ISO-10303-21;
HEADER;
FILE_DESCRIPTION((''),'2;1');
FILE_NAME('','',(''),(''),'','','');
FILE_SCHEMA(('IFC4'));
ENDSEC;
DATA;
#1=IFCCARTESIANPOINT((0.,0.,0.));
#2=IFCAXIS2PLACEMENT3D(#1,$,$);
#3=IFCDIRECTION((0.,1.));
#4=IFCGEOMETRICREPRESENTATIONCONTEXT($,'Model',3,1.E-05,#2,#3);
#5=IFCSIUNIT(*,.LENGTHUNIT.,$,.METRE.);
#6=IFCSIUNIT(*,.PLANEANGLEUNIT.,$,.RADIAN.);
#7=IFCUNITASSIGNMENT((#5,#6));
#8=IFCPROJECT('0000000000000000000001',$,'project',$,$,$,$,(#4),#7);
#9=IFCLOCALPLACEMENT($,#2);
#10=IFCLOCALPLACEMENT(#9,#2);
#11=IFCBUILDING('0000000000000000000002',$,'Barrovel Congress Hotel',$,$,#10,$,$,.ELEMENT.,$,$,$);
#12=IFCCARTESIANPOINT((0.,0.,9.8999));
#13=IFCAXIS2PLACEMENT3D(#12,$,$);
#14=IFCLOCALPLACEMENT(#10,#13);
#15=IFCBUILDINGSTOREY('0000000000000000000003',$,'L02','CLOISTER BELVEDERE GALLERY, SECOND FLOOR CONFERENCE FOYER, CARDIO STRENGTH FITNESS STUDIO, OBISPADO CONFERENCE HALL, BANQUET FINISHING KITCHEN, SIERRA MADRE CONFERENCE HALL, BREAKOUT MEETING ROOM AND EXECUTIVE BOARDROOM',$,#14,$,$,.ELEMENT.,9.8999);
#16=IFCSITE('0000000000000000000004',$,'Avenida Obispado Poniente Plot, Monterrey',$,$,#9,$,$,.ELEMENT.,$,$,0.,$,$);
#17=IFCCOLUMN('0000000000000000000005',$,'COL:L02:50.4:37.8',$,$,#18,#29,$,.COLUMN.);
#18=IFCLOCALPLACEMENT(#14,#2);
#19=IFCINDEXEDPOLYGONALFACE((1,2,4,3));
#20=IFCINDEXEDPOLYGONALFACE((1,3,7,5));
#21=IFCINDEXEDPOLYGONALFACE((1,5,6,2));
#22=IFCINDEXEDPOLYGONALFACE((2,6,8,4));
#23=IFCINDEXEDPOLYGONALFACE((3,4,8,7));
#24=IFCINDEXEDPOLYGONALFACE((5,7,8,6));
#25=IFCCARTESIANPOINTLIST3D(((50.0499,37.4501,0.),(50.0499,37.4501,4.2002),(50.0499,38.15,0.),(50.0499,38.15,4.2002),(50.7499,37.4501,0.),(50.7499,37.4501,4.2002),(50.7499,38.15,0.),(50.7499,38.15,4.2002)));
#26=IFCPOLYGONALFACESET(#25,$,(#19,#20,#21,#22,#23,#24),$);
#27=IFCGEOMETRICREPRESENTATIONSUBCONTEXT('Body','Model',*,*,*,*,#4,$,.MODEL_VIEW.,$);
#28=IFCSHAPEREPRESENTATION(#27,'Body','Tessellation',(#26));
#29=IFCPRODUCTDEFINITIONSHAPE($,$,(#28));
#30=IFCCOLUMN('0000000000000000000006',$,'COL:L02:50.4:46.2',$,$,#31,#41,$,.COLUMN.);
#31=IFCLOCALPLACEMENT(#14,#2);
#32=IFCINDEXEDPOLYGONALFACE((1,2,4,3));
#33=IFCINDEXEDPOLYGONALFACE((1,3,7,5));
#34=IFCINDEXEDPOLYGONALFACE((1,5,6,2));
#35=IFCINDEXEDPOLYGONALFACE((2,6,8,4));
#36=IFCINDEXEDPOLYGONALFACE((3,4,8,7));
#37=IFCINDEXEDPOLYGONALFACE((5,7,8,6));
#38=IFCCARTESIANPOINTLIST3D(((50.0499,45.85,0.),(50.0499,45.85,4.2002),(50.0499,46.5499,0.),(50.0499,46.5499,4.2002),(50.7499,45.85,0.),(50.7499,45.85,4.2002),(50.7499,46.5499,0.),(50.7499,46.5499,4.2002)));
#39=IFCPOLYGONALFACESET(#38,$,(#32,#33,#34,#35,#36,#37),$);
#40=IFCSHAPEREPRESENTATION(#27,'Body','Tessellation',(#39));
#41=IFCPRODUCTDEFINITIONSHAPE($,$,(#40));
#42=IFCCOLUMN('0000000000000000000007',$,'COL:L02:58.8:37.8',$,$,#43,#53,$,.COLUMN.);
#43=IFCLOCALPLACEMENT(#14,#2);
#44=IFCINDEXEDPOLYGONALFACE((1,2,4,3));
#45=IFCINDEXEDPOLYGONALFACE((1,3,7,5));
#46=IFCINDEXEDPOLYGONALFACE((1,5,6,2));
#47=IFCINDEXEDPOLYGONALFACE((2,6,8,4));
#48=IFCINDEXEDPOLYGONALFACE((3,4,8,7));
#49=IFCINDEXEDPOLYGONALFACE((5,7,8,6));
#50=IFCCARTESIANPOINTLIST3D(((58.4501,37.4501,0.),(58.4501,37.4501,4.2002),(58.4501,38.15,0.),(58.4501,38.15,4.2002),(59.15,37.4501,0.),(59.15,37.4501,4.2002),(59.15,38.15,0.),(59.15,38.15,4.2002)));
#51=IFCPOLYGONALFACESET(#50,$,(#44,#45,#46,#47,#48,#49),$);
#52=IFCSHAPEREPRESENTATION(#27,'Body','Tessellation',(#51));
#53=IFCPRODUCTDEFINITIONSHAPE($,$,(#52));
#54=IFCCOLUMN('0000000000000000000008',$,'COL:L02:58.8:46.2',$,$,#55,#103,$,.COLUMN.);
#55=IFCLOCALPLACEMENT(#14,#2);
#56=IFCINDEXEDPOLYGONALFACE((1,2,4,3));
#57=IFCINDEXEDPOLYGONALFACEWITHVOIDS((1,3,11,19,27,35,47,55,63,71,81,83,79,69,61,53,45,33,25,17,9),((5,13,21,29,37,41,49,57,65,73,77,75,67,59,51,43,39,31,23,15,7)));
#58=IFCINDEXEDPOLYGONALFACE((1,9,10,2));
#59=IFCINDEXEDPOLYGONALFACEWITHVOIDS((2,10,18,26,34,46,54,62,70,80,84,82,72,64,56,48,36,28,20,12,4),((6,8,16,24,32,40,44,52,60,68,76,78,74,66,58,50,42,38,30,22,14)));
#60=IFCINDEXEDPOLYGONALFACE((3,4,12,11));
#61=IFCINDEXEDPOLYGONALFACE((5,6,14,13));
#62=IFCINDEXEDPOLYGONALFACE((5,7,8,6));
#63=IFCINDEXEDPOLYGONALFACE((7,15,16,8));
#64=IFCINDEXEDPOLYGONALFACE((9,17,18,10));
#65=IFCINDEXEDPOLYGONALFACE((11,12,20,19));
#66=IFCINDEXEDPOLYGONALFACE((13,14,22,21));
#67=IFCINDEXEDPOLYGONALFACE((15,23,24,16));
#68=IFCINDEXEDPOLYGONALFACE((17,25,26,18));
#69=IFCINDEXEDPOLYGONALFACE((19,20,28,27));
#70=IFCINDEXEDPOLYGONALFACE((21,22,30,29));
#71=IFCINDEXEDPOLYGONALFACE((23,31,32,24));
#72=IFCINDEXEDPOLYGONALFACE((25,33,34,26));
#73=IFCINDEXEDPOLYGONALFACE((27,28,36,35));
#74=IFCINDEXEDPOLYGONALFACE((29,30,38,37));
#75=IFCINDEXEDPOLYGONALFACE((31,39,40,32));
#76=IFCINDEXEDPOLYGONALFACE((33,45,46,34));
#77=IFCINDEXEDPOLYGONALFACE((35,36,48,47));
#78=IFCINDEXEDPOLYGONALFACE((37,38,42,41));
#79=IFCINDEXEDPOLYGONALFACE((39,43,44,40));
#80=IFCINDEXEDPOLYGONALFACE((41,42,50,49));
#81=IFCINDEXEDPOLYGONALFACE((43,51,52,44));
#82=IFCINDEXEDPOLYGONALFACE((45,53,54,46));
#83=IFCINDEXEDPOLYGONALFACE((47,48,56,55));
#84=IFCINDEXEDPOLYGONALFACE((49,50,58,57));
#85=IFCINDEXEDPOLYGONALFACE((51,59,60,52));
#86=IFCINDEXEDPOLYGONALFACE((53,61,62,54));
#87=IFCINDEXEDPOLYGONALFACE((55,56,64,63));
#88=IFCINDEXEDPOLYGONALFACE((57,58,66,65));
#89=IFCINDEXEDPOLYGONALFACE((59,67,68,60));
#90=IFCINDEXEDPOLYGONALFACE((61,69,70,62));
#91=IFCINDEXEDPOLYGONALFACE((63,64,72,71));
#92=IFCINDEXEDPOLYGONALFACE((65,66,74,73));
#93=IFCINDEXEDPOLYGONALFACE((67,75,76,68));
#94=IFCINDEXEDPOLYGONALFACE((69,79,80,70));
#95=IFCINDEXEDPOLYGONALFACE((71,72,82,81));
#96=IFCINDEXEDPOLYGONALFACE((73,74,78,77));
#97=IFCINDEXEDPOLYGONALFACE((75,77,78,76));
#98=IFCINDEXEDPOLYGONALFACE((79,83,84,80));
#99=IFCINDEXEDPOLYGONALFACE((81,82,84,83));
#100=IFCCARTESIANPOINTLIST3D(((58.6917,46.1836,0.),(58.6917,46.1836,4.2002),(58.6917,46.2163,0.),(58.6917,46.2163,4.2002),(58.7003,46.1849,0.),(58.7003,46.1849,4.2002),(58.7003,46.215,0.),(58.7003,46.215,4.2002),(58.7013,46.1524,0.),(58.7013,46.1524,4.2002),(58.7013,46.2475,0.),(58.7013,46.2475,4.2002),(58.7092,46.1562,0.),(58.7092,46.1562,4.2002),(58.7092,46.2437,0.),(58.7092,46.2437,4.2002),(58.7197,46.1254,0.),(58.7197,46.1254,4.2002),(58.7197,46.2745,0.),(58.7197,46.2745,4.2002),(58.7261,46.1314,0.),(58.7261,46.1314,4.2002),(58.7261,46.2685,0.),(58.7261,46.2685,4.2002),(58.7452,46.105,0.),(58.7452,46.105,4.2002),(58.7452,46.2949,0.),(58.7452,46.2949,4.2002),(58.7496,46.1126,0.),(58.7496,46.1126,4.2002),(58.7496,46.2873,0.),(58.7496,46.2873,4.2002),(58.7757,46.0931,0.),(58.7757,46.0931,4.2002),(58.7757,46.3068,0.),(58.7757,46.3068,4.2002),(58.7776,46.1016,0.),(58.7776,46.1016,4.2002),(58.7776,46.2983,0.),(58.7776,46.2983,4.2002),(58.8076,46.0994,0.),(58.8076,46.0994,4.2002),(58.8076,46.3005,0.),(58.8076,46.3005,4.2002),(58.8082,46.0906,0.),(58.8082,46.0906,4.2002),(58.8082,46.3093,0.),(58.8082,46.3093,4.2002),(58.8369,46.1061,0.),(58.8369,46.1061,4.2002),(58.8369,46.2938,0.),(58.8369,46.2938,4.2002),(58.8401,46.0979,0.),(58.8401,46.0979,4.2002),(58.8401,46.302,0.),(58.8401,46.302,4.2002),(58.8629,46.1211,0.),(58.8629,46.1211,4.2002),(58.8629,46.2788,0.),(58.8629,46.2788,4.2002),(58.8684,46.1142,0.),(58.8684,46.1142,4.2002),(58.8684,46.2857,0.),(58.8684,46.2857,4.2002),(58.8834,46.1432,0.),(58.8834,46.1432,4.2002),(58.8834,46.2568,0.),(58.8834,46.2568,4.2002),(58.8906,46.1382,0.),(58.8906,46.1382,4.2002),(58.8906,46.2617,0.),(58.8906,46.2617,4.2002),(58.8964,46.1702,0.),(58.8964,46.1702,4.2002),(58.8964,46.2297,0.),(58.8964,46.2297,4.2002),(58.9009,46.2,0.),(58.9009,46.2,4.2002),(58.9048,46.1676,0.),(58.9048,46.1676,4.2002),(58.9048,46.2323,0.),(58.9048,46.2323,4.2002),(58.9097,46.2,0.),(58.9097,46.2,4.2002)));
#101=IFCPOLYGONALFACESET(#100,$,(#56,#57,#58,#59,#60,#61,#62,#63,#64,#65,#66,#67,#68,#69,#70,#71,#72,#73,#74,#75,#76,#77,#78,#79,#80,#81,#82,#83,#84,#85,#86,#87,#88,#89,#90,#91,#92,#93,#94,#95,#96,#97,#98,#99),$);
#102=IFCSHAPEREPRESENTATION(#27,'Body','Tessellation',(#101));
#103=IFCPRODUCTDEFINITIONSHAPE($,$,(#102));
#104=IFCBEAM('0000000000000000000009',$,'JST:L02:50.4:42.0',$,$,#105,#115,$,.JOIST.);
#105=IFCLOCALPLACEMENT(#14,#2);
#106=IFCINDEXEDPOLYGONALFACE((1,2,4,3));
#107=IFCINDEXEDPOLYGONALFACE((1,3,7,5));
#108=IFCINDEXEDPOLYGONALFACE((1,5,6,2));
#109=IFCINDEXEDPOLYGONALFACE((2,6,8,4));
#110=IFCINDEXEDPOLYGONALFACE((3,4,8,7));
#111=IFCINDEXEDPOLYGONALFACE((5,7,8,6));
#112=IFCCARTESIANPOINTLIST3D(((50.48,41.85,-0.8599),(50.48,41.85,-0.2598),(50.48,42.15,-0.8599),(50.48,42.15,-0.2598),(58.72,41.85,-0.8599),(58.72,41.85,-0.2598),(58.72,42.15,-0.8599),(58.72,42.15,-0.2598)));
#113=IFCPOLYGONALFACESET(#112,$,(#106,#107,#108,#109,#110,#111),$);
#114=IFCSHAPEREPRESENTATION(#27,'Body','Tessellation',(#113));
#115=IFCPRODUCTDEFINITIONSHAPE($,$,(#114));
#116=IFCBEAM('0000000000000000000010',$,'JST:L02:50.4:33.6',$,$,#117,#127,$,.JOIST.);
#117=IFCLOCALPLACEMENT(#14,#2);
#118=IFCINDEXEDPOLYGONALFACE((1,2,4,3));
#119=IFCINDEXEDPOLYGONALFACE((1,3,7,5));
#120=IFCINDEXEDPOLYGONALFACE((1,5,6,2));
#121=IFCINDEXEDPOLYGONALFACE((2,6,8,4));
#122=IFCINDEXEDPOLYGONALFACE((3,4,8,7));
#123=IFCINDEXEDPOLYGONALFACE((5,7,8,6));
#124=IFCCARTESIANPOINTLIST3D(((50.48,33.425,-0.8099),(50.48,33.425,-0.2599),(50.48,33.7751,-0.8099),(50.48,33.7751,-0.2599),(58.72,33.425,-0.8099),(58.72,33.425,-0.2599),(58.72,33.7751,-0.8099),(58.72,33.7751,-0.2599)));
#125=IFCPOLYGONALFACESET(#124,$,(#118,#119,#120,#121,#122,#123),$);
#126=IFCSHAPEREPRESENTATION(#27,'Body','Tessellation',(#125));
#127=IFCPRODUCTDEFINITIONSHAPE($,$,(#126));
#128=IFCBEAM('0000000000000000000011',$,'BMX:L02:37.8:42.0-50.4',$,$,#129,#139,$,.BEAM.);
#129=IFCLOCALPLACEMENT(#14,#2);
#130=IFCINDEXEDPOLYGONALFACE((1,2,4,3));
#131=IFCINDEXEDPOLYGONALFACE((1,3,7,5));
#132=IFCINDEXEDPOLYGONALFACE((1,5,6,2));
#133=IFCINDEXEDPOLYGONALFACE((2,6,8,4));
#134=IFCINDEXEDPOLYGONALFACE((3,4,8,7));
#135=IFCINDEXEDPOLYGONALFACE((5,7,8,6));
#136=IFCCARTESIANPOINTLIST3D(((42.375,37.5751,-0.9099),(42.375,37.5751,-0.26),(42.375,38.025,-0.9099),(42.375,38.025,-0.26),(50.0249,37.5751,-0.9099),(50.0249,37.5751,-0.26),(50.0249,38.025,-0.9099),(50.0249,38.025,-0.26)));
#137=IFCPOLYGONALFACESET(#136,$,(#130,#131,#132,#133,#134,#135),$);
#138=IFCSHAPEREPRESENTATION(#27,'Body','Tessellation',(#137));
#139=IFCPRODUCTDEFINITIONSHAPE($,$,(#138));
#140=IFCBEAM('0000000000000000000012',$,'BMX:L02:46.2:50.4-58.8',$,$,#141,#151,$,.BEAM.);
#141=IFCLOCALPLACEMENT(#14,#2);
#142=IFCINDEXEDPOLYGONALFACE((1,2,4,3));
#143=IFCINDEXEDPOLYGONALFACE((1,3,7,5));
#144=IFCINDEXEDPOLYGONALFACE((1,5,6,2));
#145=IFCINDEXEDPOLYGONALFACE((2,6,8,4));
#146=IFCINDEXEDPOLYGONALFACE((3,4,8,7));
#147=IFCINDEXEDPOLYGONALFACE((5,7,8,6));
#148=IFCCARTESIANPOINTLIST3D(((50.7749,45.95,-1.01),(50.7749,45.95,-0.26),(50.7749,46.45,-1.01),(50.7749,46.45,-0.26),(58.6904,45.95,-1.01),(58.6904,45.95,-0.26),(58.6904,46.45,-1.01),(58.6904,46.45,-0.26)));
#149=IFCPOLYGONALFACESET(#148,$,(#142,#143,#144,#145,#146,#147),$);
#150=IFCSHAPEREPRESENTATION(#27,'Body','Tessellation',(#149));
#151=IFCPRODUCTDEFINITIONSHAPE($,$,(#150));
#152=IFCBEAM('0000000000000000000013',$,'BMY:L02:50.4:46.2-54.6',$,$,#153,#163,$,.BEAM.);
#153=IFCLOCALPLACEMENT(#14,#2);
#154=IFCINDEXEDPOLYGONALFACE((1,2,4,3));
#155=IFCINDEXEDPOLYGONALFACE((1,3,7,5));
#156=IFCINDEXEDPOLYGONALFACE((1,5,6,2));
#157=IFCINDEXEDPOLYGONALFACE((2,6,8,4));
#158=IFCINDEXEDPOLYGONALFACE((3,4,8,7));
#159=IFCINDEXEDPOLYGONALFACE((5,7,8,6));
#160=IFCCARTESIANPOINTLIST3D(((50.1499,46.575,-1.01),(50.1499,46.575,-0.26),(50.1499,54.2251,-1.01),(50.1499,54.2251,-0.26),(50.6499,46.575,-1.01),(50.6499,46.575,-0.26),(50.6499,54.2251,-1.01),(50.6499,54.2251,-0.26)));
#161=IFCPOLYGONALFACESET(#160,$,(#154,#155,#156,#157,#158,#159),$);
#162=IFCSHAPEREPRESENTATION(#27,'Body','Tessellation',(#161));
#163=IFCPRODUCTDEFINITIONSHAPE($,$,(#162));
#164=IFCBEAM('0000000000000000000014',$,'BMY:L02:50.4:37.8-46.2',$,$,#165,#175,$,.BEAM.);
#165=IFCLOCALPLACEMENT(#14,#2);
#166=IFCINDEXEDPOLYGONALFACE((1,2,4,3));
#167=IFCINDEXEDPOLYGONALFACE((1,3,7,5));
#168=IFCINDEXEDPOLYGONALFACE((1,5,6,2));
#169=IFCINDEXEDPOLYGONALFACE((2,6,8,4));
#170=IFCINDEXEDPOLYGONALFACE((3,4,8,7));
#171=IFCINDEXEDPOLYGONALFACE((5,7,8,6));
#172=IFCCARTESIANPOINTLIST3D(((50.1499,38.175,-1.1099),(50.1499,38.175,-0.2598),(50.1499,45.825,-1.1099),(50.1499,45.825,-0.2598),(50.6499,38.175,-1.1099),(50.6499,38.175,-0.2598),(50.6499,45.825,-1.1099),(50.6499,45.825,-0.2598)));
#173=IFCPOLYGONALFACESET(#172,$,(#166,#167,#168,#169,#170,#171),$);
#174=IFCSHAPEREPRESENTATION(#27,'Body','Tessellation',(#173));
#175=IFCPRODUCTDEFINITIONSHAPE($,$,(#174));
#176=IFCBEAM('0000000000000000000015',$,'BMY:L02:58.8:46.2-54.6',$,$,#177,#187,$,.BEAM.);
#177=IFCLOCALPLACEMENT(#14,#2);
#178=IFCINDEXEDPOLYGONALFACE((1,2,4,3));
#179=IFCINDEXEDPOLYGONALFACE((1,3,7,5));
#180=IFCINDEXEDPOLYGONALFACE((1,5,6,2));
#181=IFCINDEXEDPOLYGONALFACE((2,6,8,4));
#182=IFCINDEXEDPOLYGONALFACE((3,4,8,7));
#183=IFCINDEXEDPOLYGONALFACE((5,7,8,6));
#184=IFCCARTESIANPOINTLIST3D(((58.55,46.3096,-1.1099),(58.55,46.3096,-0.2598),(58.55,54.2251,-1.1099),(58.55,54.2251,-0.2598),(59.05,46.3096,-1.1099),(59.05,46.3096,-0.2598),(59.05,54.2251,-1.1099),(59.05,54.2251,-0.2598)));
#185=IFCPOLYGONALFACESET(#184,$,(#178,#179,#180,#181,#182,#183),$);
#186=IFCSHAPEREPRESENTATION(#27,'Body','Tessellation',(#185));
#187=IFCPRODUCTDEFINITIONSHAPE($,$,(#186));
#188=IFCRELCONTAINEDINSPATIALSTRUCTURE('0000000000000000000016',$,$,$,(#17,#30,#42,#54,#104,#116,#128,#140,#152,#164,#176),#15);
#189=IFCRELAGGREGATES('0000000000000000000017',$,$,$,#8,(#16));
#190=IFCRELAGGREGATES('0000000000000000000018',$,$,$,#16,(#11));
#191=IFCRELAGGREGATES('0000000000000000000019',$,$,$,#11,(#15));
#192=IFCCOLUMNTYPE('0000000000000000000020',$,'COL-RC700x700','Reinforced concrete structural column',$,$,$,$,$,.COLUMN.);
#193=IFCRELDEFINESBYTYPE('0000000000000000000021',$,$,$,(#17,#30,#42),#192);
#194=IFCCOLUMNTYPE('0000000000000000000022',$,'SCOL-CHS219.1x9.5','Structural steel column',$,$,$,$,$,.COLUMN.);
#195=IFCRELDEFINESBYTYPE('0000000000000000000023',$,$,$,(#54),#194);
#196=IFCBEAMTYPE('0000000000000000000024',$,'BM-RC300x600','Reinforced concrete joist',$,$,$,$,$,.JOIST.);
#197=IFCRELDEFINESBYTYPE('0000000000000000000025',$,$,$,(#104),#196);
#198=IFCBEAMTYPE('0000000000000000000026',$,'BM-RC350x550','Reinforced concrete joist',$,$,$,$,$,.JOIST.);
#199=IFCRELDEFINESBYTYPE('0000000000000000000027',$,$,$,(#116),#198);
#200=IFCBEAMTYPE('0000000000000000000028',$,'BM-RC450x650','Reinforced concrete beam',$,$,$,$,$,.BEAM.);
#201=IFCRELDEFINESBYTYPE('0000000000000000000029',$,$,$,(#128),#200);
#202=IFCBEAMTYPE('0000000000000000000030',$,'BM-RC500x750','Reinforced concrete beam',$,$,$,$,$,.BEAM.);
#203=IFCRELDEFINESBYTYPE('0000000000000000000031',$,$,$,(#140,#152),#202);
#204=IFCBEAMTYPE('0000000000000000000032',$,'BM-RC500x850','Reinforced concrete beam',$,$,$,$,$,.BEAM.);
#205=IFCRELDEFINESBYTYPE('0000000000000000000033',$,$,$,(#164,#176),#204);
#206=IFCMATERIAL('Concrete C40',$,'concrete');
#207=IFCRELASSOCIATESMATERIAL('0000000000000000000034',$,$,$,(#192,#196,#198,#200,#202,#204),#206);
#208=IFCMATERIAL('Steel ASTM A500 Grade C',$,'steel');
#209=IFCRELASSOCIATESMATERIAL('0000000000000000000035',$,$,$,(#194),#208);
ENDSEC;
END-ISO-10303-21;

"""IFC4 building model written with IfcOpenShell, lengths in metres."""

from ifc_helpers import new_model, si_unit, direction, frame, origin, origin_2d, place, context, subcontext, project, spatial, rectangle, hollow_circle, extrude, material, material_profile, profile_set, type_object, element, save


model = new_model("IFC4")

# Units and contexts
model_context = context("Model", 3, precision=1e-05, world=origin(), true_north=direction((0.0, 1.0)))
body_context = subcontext(model_context, "Body", "Model", "MODEL_VIEW")
ifc_project = project(units=[si_unit("LENGTHUNIT", "METRE"), si_unit("PLANEANGLEUNIT", "RADIAN")], contexts=[model_context])

# Site, building, storey
site_placement = place(None, origin())
site = spatial("IfcSite", under=ifc_project, at=site_placement, Name="Avenida Obispado Poniente Plot, Monterrey", CompositionType="ELEMENT", RefElevation=0.0)
building_placement = place(site_placement, origin())
building = spatial("IfcBuilding", under=site, at=building_placement, Name="Barrovel Congress Hotel", CompositionType="ELEMENT")
storey_placement = place(building_placement, frame((0.0, 0.0, 9.8999)))
storey = spatial("IfcBuildingStorey", under=building, at=storey_placement, Name="L02", Description="CLOISTER BELVEDERE GALLERY, SECOND FLOOR CONFERENCE FOYER, CARDIO STRENGTH FITNESS STUDIO, OBISPADO CONFERENCE HALL, BANQUET FINISHING KITCHEN, SIERRA MADRE CONFERENCE HALL, BREAKOUT MEETING ROOM AND EXECUTIVE BOARDROOM", CompositionType="ELEMENT", Elevation=9.8999)

# Columns
ifc_material_1 = material(Name="Concrete C40", Category="concrete")
ifc_material_profile_1 = material_profile(ifc_material_1, rectangle(XDim=0.7, YDim=0.7, at=origin_2d()), Name="RC700x700")
ifc_profile_set_1 = profile_set([ifc_material_profile_1], Name="Concrete C40")
column_type_1 = type_object("IfcColumnType", Name="COL-RC700x700", Description="Reinforced concrete structural column", PredefinedType="COLUMN", material=ifc_profile_set_1)
for number, where, z_axis, x_axis, name in (
    (1, (50.3999, 37.8, 0.0), (0.0, 0.0, 1.0), (1.0, 0.0, 0.0), "COL:L02:50.4:37.8"),
    (2, (50.3999, 46.2, 0.0), (0.0, 0.0, 1.0), (1.0, 0.0, 0.0), "COL:L02:50.4:46.2"),
    (3, (58.8, 37.8, 0.0), (0.0, 0.0, 1.0), (1.0, 0.0, 0.0), "COL:L02:58.8:37.8"),
):
    element("IfcColumn", number, at=place(storey_placement, frame(where, z_axis=z_axis, x_axis=x_axis)), inside=storey, type_object=column_type_1, Name=name, PredefinedType="COLUMN", context=body_context, shape_type="SweptSolid", body=[
        extrude(rectangle(XDim=0.7, YDim=0.7, at=origin_2d()), origin(), (0.0, 0.0, 1.0), 4.2002),
    ])
ifc_material_2 = material(Name="Steel ASTM A500 Grade C", Category="steel")
ifc_material_profile_2 = material_profile(ifc_material_2, hollow_circle(Radius=0.1096, WallThickness=0.0088, at=origin_2d()), Name="CHS219.1x9.5")
ifc_profile_set_2 = profile_set([ifc_material_profile_2], Name="Steel ASTM A500 Grade C")
column_type_2 = type_object("IfcColumnType", Name="SCOL-CHS219.1x9.5", Description="Structural steel column", PredefinedType="COLUMN", material=ifc_profile_set_2)
column_placement = place(storey_placement, frame((58.8, 46.2, 0.0), z_axis=(0.0, 0.0, 1.0), x_axis=(1.0, 0.0, 0.0)))
element("IfcColumn", 4, at=column_placement, inside=storey, type_object=column_type_2, Name="COL:L02:58.8:46.2", PredefinedType="COLUMN", context=body_context, shape_type="SweptSolid", body=[
    extrude(hollow_circle(Radius=0.1096, WallThickness=0.0088, at=origin_2d()), origin(), (0.0, 0.0, 1.0), 4.2002),
])

# Beams
ifc_material_profile_3 = material_profile(ifc_material_1, rectangle(XDim=0.3, YDim=0.6001, at=origin_2d()), Name="RC300x600")
ifc_profile_set_3 = profile_set([ifc_material_profile_3], Name="Concrete C40")
beam_type_1 = type_object("IfcBeamType", Name="BM-RC300x600", Description="Reinforced concrete joist", PredefinedType="JOIST", material=ifc_profile_set_3)
beam_1_placement = place(storey_placement, frame((50.48, 42.0, -0.5598), z_axis=(1.0, 0.0, 0.0), x_axis=(0.0, 1.0, 0.0)))
element("IfcBeam", 5, at=beam_1_placement, inside=storey, type_object=beam_type_1, Name="JST:L02:50.4:42.0", PredefinedType="JOIST", context=body_context, shape_type="SweptSolid", body=[
    extrude(rectangle(XDim=0.3, YDim=0.6001, at=origin_2d()), origin(), (0.0, 0.0, 1.0), 8.24),
])
ifc_material_profile_4 = material_profile(ifc_material_1, rectangle(XDim=0.3501, YDim=0.55, at=origin_2d()), Name="RC350x550")
ifc_profile_set_4 = profile_set([ifc_material_profile_4], Name="Concrete C40")
beam_type_2 = type_object("IfcBeamType", Name="BM-RC350x550", Description="Reinforced concrete joist", PredefinedType="JOIST", material=ifc_profile_set_4)
beam_2_placement = place(storey_placement, frame((50.48, 33.6001, -0.5349), z_axis=(1.0, 0.0, 0.0), x_axis=(0.0, 1.0, 0.0)))
element("IfcBeam", 6, at=beam_2_placement, inside=storey, type_object=beam_type_2, Name="JST:L02:50.4:33.6", PredefinedType="JOIST", context=body_context, shape_type="SweptSolid", body=[
    extrude(rectangle(XDim=0.3501, YDim=0.55, at=origin_2d()), origin(), (0.0, 0.0, 1.0), 8.24),
])
ifc_material_profile_5 = material_profile(ifc_material_1, rectangle(XDim=0.45, YDim=0.6499, at=origin_2d()), Name="RC450x650")
ifc_profile_set_5 = profile_set([ifc_material_profile_5], Name="Concrete C40")
beam_type_3 = type_object("IfcBeamType", Name="BM-RC450x650", Description="Reinforced concrete beam", PredefinedType="BEAM", material=ifc_profile_set_5)
beam_3_placement = place(storey_placement, frame((42.375, 37.8, -0.585), z_axis=(1.0, 0.0, 0.0), x_axis=(0.0, 1.0, 0.0)))
element("IfcBeam", 7, at=beam_3_placement, inside=storey, type_object=beam_type_3, Name="BMX:L02:37.8:42.0-50.4", PredefinedType="BEAM", context=body_context, shape_type="SweptSolid", body=[
    extrude(rectangle(XDim=0.45, YDim=0.6499, at=origin_2d()), origin(), (0.0, 0.0, 1.0), 7.6499),
])
ifc_material_profile_6 = material_profile(ifc_material_1, rectangle(XDim=0.5, YDim=0.75, at=origin_2d()), Name="RC500x750")
ifc_profile_set_6 = profile_set([ifc_material_profile_6], Name="Concrete C40")
beam_type_4 = type_object("IfcBeamType", Name="BM-RC500x750", Description="Reinforced concrete beam", PredefinedType="BEAM", material=ifc_profile_set_6)
beam_4_placement = place(storey_placement, frame((50.7749, 46.2, -0.635), z_axis=(1.0, 0.0, 0.0), x_axis=(0.0, 1.0, 0.0)))
element("IfcBeam", 8, at=beam_4_placement, inside=storey, type_object=beam_type_4, Name="BMX:L02:46.2:50.4-58.8", PredefinedType="BEAM", context=body_context, shape_type="SweptSolid", body=[
    extrude(rectangle(XDim=0.5, YDim=0.75, at=origin_2d()), origin(), (0.0, 0.0, 1.0), 7.9155),
])
beam_5_placement = place(storey_placement, frame((50.3999, 46.575, -0.635), z_axis=(0.0, 1.0, 0.0), x_axis=(-1.0, 0.0, 0.0)))
element("IfcBeam", 9, at=beam_5_placement, inside=storey, type_object=beam_type_4, Name="BMY:L02:50.4:46.2-54.6", PredefinedType="BEAM", context=body_context, shape_type="SweptSolid", body=[
    extrude(rectangle(XDim=0.5, YDim=0.75, at=origin_2d()), origin(), (0.0, 0.0, 1.0), 7.6501),
])
ifc_material_profile_7 = material_profile(ifc_material_1, rectangle(XDim=0.5, YDim=0.8501, at=origin_2d()), Name="RC500x850")
ifc_profile_set_7 = profile_set([ifc_material_profile_7], Name="Concrete C40")
beam_type_5 = type_object("IfcBeamType", Name="BM-RC500x850", Description="Reinforced concrete beam", PredefinedType="BEAM", material=ifc_profile_set_7)
beam_6_placement = place(storey_placement, frame((50.3999, 38.175, -0.6848), z_axis=(0.0, 1.0, 0.0), x_axis=(-1.0, 0.0, 0.0)))
element("IfcBeam", 10, at=beam_6_placement, inside=storey, type_object=beam_type_5, Name="BMY:L02:50.4:37.8-46.2", PredefinedType="BEAM", context=body_context, shape_type="SweptSolid", body=[
    extrude(rectangle(XDim=0.5, YDim=0.8501, at=origin_2d()), origin(), (0.0, 0.0, 1.0), 7.6499),
])
beam_7_placement = place(storey_placement, frame((58.8, 46.3096, -0.6848), z_axis=(0.0, 1.0, 0.0), x_axis=(-1.0, 0.0, 0.0)))
element("IfcBeam", 11, at=beam_7_placement, inside=storey, type_object=beam_type_5, Name="BMY:L02:58.8:46.2-54.6", PredefinedType="BEAM", context=body_context, shape_type="SweptSolid", body=[
    extrude(rectangle(XDim=0.5, YDim=0.8501, at=origin_2d()), origin(), (0.0, 0.0, 1.0), 7.9155),
])

save(model, "model.ifc")
